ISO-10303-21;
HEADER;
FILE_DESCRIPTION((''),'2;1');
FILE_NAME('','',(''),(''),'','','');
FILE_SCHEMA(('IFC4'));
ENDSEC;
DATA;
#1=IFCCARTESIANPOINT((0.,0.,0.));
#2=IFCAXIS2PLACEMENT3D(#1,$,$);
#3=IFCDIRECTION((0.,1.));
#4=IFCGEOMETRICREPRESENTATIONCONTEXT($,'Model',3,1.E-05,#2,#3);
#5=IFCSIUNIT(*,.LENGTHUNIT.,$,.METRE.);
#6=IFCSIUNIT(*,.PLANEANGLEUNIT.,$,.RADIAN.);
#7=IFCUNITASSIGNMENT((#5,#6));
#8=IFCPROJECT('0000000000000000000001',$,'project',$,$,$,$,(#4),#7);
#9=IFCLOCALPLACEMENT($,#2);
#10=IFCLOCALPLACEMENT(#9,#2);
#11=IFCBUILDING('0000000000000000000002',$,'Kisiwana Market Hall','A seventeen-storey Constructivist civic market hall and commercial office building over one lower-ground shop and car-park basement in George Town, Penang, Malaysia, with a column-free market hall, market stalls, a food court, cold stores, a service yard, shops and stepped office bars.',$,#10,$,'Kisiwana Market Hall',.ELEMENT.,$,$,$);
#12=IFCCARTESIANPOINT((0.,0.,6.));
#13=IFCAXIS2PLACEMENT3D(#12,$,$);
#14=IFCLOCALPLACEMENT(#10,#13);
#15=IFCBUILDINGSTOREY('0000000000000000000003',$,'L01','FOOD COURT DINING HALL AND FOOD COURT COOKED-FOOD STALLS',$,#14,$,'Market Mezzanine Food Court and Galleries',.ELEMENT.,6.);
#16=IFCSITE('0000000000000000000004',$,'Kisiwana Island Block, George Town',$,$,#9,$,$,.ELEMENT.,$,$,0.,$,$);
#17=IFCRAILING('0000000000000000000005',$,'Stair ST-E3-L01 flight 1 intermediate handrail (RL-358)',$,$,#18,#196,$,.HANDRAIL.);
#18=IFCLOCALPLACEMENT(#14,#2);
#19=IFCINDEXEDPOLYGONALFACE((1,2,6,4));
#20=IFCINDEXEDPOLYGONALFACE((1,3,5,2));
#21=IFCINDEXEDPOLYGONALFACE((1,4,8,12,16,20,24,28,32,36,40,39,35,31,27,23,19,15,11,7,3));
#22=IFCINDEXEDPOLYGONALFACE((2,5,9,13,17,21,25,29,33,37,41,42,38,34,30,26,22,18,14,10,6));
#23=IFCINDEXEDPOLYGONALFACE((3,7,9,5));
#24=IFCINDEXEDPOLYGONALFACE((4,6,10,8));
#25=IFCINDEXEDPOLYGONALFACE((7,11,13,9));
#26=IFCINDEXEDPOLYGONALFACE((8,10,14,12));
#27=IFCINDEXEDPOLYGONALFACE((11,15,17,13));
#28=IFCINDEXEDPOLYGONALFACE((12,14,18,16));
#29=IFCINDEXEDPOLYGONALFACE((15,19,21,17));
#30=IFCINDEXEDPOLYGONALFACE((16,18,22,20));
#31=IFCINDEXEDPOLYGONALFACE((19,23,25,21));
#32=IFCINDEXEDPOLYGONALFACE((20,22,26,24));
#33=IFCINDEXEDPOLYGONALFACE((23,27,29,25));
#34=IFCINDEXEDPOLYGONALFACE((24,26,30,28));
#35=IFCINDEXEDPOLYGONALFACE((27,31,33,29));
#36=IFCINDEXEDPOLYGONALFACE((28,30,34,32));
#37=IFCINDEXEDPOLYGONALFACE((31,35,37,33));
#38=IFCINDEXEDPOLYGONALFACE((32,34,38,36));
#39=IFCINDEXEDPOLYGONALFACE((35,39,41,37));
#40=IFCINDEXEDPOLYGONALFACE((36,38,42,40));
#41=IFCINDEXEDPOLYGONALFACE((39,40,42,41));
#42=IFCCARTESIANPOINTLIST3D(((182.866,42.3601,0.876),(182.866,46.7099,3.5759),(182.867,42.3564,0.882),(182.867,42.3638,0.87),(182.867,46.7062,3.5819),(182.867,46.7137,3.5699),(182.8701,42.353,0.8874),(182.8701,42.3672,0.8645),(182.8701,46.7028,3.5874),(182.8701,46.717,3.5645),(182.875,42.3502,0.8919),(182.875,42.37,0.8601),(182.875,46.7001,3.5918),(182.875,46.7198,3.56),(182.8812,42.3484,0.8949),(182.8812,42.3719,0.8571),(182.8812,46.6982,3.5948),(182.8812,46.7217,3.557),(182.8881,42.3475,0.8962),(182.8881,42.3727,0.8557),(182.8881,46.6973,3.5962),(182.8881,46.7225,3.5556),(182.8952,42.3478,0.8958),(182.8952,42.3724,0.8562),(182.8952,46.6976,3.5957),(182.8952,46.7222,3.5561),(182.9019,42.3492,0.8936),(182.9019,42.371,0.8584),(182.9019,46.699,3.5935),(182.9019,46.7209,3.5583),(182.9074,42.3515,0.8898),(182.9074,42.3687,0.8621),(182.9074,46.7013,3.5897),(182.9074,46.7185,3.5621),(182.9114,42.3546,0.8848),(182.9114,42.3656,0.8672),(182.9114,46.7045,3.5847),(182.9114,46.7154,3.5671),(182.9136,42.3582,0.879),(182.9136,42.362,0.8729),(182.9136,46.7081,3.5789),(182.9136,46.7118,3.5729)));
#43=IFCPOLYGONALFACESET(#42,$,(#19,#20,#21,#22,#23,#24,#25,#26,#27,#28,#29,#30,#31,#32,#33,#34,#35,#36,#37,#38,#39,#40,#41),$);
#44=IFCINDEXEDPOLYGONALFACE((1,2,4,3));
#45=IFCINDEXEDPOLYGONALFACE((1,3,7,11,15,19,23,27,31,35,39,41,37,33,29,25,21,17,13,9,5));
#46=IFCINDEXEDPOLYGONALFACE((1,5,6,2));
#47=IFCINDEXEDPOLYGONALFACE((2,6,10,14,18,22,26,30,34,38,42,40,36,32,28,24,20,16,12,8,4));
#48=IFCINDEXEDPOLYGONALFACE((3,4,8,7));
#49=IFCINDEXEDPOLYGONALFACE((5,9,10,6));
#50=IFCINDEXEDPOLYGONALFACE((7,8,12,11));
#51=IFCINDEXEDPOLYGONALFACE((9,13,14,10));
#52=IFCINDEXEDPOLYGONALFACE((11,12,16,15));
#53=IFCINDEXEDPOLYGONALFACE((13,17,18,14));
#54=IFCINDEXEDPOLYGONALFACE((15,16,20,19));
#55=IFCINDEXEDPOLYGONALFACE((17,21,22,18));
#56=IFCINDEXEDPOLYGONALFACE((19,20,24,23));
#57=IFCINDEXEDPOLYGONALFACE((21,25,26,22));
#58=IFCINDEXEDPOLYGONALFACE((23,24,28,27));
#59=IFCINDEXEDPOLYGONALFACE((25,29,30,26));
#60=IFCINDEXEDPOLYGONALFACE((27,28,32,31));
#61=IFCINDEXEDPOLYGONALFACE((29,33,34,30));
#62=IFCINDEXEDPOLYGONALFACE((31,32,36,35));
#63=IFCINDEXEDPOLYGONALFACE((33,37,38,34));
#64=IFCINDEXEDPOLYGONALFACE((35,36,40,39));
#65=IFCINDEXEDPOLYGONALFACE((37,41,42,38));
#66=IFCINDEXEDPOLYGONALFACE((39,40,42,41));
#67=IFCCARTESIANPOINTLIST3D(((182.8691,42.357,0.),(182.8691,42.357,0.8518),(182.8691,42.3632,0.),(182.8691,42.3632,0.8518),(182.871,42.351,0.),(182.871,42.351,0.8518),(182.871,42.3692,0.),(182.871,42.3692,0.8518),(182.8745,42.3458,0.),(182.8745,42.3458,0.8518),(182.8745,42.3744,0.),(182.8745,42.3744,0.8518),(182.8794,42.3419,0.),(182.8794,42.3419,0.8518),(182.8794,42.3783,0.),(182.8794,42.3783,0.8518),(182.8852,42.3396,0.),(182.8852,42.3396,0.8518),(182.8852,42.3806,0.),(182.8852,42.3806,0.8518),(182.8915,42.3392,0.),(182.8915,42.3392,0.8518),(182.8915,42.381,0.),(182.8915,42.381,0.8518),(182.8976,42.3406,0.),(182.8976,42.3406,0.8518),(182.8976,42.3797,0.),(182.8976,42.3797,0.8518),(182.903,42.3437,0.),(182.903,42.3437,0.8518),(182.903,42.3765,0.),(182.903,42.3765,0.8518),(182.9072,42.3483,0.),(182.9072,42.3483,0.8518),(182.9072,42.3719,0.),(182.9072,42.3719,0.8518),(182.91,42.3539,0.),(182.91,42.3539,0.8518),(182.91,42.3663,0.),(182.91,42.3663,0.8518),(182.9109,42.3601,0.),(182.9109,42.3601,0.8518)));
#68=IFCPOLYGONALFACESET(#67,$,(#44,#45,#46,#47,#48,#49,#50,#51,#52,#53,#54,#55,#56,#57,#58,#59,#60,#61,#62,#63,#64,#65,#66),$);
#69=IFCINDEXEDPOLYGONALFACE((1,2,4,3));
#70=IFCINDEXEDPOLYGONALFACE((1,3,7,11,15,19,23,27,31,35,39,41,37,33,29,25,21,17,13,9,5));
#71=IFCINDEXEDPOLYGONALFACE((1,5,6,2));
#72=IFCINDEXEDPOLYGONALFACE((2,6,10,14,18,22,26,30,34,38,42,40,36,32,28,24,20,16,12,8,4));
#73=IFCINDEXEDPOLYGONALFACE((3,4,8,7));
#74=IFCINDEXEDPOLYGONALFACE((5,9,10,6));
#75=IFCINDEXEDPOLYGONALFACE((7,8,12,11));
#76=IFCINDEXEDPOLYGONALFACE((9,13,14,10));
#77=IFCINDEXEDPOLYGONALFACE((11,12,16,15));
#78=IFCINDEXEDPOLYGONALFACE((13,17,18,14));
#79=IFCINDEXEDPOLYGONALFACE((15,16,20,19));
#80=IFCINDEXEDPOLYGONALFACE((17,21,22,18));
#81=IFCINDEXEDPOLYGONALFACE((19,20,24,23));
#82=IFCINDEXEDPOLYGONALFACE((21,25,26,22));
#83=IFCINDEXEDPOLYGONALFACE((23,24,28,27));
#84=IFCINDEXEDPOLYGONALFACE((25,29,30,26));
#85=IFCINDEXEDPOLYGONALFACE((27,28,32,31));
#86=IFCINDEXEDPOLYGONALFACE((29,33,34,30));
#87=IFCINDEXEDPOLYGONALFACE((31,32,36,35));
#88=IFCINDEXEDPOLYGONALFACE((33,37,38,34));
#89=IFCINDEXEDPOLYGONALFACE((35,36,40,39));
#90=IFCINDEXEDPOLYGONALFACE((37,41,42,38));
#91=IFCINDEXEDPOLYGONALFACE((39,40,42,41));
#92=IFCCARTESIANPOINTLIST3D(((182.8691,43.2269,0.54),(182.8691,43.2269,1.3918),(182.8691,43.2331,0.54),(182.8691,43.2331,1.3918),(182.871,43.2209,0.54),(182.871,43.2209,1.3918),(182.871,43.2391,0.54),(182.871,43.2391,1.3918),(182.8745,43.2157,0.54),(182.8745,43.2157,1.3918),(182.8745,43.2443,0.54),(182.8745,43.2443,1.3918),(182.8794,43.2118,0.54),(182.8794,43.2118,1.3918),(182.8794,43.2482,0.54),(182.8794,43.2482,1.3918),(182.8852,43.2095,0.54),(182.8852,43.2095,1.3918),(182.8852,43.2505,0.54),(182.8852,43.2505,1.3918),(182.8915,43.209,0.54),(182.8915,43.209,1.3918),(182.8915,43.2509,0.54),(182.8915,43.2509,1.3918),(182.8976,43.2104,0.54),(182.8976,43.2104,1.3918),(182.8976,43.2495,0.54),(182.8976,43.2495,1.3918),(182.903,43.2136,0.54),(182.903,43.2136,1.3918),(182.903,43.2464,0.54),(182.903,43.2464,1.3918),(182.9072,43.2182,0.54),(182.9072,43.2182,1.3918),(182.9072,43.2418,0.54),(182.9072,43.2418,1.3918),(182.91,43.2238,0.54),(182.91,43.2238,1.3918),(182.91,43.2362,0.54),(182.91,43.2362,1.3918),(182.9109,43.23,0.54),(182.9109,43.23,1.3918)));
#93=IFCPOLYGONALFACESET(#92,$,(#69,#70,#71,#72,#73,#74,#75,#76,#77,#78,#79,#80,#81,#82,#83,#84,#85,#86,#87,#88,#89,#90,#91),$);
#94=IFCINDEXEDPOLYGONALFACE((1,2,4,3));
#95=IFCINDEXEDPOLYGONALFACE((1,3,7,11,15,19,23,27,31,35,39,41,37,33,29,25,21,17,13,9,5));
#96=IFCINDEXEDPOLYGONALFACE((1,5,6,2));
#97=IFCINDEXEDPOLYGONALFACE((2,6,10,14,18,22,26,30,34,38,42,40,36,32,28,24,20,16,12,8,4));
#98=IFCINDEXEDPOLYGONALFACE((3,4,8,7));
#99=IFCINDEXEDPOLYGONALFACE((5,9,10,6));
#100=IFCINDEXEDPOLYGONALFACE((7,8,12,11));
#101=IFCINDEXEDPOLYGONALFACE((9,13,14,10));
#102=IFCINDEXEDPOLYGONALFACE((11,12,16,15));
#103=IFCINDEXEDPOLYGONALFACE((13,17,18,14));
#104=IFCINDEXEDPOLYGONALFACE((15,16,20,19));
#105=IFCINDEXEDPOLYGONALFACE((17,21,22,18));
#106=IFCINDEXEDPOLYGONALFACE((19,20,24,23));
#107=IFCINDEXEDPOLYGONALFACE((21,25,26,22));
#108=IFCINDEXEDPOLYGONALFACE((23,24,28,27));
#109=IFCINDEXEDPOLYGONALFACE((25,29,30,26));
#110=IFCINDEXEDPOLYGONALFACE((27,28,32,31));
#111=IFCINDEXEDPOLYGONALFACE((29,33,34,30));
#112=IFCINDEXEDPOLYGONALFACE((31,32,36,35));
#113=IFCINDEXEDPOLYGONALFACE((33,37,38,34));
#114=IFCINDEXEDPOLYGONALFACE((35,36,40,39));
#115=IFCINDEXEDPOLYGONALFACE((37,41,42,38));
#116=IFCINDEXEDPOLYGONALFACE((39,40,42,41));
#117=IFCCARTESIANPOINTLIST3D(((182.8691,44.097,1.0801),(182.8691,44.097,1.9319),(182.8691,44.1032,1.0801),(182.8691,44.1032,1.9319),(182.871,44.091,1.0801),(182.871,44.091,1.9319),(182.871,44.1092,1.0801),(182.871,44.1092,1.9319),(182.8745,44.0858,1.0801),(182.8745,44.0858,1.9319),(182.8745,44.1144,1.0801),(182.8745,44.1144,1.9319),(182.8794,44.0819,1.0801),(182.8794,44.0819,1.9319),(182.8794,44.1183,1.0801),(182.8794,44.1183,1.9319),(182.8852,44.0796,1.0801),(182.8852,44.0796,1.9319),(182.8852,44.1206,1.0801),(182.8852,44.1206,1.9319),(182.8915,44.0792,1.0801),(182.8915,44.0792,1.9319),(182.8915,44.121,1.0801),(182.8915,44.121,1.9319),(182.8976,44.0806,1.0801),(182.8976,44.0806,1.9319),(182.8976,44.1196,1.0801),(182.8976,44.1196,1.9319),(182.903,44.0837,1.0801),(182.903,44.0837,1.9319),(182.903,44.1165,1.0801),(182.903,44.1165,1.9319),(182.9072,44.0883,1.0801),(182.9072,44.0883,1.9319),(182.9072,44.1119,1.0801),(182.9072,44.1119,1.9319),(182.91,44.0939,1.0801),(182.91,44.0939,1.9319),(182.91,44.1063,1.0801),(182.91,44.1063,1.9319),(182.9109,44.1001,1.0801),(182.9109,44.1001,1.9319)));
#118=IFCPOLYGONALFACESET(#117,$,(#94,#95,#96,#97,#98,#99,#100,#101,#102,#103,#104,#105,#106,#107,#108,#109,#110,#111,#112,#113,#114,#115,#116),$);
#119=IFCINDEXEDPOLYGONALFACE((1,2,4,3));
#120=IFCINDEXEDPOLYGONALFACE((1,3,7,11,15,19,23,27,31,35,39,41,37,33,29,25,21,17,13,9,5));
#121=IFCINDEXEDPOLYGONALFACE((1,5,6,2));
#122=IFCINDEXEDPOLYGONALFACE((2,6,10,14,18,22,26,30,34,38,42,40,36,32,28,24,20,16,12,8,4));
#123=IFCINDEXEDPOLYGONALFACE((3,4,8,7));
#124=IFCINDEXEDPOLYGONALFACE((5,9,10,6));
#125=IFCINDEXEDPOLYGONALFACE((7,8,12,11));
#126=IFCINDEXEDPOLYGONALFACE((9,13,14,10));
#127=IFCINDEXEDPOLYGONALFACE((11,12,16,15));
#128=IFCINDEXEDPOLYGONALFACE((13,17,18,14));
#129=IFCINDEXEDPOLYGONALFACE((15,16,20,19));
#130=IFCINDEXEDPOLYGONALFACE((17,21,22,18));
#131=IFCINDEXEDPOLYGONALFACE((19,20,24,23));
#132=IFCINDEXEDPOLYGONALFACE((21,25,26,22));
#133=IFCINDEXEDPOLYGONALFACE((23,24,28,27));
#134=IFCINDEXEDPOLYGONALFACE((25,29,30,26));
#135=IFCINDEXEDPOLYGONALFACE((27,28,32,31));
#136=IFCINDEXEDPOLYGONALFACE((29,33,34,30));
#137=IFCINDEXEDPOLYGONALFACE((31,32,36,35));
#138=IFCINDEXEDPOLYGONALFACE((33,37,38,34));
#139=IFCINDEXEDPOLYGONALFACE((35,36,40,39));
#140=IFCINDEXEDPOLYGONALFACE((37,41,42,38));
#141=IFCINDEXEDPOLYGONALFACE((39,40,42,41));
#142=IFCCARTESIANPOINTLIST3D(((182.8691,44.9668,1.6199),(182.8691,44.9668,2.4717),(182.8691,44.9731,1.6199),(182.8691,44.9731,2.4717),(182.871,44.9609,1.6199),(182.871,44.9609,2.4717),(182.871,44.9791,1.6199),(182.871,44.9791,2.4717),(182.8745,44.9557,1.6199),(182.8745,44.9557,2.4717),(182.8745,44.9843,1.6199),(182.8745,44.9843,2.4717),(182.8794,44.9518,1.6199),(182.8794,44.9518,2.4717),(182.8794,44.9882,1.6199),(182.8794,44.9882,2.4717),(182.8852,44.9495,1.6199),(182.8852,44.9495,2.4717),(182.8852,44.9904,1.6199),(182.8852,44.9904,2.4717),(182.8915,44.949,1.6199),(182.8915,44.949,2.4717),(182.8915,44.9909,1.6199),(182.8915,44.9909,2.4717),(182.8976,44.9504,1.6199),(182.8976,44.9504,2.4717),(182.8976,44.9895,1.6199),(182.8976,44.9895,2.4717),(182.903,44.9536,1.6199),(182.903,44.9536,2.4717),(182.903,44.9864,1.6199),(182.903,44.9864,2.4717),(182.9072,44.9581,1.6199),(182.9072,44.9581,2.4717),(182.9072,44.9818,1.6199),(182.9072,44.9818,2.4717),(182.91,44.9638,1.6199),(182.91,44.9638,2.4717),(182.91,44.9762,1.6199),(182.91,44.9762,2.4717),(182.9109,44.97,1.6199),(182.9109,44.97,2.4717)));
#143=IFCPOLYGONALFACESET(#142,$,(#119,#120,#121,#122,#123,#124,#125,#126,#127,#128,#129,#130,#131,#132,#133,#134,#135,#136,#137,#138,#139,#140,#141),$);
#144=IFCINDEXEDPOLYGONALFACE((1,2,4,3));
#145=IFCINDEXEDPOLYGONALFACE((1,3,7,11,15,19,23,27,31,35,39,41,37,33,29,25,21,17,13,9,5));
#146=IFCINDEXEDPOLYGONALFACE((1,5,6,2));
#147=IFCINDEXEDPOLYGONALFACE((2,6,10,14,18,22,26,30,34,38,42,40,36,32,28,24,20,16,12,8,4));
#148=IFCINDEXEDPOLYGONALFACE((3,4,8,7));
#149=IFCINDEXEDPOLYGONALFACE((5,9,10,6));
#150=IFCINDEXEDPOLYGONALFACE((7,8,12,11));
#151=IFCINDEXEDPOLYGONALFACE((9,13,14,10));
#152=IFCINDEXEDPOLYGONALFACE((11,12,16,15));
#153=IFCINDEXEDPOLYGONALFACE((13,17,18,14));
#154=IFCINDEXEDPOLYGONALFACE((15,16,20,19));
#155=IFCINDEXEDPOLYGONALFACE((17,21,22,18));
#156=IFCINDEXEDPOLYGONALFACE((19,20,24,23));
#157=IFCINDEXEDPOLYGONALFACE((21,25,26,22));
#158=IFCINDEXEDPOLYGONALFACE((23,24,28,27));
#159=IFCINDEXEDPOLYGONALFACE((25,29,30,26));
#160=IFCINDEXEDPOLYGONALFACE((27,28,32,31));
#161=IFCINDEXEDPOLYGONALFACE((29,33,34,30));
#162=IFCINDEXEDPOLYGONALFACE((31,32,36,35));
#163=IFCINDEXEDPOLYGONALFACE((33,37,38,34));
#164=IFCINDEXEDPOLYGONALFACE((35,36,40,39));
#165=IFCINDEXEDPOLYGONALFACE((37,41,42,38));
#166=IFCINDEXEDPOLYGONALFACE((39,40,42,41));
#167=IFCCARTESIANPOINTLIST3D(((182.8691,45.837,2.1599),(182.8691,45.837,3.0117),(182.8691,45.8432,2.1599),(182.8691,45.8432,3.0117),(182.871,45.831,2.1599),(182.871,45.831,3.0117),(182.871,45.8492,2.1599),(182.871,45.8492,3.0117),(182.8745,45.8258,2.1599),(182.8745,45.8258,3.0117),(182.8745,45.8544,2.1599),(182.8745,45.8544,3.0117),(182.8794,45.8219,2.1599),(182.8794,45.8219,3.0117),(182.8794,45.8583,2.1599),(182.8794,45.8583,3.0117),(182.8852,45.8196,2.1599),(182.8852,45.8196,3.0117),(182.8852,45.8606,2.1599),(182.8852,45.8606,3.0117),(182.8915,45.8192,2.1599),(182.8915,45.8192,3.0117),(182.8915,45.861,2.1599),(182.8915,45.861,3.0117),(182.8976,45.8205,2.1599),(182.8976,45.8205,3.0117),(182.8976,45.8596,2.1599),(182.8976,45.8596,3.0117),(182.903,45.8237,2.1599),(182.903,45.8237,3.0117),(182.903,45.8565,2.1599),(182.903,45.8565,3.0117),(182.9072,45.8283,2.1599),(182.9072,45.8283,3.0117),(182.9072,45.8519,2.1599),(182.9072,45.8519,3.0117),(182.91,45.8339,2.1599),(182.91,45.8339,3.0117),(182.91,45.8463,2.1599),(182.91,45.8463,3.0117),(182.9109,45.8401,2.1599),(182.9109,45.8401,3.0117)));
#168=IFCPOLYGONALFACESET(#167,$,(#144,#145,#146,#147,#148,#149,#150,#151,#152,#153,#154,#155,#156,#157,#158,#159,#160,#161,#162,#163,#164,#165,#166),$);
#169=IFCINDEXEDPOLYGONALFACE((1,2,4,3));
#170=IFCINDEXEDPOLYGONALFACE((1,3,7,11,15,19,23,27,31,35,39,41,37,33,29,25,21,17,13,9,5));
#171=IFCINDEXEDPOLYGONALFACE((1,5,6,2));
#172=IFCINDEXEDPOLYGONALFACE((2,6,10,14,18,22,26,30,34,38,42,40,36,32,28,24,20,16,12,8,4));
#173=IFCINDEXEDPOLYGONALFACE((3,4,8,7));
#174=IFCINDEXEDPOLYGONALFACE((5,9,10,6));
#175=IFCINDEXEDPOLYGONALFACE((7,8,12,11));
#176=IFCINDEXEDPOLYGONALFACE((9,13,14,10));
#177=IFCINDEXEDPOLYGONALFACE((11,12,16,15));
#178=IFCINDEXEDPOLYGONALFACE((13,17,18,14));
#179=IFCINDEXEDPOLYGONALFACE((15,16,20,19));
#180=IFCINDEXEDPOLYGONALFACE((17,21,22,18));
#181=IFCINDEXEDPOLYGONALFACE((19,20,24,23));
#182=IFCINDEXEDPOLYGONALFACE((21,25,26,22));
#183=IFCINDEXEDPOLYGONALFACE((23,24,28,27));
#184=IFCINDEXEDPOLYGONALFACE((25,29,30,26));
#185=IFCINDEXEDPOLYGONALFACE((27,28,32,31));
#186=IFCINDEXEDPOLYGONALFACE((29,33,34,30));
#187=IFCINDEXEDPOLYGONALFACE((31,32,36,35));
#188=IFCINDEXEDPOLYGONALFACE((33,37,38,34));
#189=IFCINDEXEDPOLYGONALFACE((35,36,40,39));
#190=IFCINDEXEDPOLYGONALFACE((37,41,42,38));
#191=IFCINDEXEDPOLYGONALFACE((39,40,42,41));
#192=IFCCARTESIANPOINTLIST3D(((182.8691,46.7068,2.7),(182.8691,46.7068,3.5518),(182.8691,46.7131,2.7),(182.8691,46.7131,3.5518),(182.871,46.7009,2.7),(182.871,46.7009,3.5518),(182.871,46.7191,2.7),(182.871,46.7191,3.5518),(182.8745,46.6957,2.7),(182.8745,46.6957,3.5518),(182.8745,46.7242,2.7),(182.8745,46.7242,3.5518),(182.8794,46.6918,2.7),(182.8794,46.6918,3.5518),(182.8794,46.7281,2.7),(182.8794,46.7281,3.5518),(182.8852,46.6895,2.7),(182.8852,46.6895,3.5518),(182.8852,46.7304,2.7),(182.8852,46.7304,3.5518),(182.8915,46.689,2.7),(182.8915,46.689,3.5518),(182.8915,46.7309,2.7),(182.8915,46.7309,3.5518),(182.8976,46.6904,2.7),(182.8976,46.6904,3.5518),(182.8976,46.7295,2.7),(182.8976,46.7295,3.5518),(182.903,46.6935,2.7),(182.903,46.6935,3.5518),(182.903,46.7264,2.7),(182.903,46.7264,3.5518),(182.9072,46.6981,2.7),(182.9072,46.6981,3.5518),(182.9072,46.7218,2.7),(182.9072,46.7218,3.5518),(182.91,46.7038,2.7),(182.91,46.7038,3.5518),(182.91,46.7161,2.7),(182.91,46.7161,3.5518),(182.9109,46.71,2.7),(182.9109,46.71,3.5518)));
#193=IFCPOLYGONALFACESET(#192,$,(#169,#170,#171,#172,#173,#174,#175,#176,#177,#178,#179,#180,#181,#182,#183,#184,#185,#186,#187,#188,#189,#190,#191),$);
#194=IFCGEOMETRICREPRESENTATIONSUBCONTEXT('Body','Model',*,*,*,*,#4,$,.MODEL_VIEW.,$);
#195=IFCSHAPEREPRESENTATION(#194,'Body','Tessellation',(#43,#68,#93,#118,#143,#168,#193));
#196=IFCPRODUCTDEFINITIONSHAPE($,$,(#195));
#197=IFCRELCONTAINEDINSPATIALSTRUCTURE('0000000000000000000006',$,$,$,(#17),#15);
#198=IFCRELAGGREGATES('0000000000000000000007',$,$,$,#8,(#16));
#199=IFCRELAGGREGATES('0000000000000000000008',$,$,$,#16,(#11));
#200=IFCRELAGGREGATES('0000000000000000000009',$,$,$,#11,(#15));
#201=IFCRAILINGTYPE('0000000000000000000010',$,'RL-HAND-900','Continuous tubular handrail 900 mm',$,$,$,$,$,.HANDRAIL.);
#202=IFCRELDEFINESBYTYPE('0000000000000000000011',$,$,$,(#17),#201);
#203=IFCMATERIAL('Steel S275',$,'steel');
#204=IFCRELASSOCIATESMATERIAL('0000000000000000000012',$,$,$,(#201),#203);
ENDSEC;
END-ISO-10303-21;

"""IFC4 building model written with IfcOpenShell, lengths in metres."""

from ifc_helpers import new_model, si_unit, direction, frame, origin, origin_2d, place, context, subcontext, project, spatial, circle, extrude, material, type_object, element, save


model = new_model("IFC4")

# Units and contexts
model_context = context("Model", 3, precision=1e-05, world=origin(), true_north=direction((0.0, 1.0)))
body_context = subcontext(model_context, "Body", "Model", "MODEL_VIEW")
ifc_project = project(units=[si_unit("LENGTHUNIT", "METRE"), si_unit("PLANEANGLEUNIT", "RADIAN")], contexts=[model_context])

# Site, building, storey
site_placement = place(None, origin())
site = spatial("IfcSite", under=ifc_project, at=site_placement, Name="Kisiwana Island Block, George Town", CompositionType="ELEMENT", RefElevation=0.0)
building_placement = place(site_placement, origin())
building = spatial("IfcBuilding", under=site, at=building_placement, Name="Kisiwana Market Hall", Description="A seventeen-storey Constructivist civic market hall and commercial office building over one lower-ground shop and car-park basement in George Town, Penang, Malaysia, with a column-free market hall, market stalls, a food court, cold stores, a service yard, shops and stepped office bars.", LongName="Kisiwana Market Hall", CompositionType="ELEMENT")
storey_placement = place(building_placement, frame((0.0, 0.0, 6.0)))
storey = spatial("IfcBuildingStorey", under=building, at=storey_placement, Name="L01", Description="FOOD COURT DINING HALL AND FOOD COURT COOKED-FOOD STALLS", LongName="Market Mezzanine Food Court and Galleries", CompositionType="ELEMENT", Elevation=6.0)

# Railing
ifc_material_1 = material(Name="Steel S275", Category="steel")
railing_type_1 = type_object("IfcRailingType", Name="RL-HAND-900", Description="Continuous tubular handrail 900 mm", PredefinedType="HANDRAIL", material=ifc_material_1)
railing_1_placement = place(storey_placement, frame((182.8899, 42.3601, 0.0)))
element("IfcRailing", 1, at=railing_1_placement, inside=storey, type_object=railing_type_1, Name="Stair ST-E3-L01 flight 1 intermediate handrail (RL-358)", PredefinedType="HANDRAIL", context=body_context, shape_type="SweptSolid", body=[
    extrude(circle(Radius=0.0239, at=origin_2d()), frame((0.0, 0.0, 0.876), z_axis=(0.0, 0.849636, 0.527369), x_axis=(-1.0, 0.0, 0.0)), (0.0, 0.0, 1.0), 5.1196),
    extrude(circle(Radius=0.021, at=origin_2d()), origin(), (0.0, 0.0, 1.0), 0.8518),
    extrude(circle(Radius=0.021, at=origin_2d()), frame((0.0, 0.8699, 0.54)), (0.0, 0.0, 1.0), 0.8518),
    extrude(circle(Radius=0.021, at=origin_2d()), frame((0.0, 1.74, 1.0801)), (0.0, 0.0, 1.0), 0.8518),
    extrude(circle(Radius=0.021, at=origin_2d()), frame((0.0, 2.6099, 1.6199)), (0.0, 0.0, 1.0), 0.8518),
    extrude(circle(Radius=0.021, at=origin_2d()), frame((0.0, 3.48, 2.1599)), (0.0, 0.0, 1.0), 0.8518),
    extrude(circle(Radius=0.021, at=origin_2d()), frame((0.0, 4.3499, 2.7)), (0.0, 0.0, 1.0), 0.8518),
])

save(model, "model.ifc")
